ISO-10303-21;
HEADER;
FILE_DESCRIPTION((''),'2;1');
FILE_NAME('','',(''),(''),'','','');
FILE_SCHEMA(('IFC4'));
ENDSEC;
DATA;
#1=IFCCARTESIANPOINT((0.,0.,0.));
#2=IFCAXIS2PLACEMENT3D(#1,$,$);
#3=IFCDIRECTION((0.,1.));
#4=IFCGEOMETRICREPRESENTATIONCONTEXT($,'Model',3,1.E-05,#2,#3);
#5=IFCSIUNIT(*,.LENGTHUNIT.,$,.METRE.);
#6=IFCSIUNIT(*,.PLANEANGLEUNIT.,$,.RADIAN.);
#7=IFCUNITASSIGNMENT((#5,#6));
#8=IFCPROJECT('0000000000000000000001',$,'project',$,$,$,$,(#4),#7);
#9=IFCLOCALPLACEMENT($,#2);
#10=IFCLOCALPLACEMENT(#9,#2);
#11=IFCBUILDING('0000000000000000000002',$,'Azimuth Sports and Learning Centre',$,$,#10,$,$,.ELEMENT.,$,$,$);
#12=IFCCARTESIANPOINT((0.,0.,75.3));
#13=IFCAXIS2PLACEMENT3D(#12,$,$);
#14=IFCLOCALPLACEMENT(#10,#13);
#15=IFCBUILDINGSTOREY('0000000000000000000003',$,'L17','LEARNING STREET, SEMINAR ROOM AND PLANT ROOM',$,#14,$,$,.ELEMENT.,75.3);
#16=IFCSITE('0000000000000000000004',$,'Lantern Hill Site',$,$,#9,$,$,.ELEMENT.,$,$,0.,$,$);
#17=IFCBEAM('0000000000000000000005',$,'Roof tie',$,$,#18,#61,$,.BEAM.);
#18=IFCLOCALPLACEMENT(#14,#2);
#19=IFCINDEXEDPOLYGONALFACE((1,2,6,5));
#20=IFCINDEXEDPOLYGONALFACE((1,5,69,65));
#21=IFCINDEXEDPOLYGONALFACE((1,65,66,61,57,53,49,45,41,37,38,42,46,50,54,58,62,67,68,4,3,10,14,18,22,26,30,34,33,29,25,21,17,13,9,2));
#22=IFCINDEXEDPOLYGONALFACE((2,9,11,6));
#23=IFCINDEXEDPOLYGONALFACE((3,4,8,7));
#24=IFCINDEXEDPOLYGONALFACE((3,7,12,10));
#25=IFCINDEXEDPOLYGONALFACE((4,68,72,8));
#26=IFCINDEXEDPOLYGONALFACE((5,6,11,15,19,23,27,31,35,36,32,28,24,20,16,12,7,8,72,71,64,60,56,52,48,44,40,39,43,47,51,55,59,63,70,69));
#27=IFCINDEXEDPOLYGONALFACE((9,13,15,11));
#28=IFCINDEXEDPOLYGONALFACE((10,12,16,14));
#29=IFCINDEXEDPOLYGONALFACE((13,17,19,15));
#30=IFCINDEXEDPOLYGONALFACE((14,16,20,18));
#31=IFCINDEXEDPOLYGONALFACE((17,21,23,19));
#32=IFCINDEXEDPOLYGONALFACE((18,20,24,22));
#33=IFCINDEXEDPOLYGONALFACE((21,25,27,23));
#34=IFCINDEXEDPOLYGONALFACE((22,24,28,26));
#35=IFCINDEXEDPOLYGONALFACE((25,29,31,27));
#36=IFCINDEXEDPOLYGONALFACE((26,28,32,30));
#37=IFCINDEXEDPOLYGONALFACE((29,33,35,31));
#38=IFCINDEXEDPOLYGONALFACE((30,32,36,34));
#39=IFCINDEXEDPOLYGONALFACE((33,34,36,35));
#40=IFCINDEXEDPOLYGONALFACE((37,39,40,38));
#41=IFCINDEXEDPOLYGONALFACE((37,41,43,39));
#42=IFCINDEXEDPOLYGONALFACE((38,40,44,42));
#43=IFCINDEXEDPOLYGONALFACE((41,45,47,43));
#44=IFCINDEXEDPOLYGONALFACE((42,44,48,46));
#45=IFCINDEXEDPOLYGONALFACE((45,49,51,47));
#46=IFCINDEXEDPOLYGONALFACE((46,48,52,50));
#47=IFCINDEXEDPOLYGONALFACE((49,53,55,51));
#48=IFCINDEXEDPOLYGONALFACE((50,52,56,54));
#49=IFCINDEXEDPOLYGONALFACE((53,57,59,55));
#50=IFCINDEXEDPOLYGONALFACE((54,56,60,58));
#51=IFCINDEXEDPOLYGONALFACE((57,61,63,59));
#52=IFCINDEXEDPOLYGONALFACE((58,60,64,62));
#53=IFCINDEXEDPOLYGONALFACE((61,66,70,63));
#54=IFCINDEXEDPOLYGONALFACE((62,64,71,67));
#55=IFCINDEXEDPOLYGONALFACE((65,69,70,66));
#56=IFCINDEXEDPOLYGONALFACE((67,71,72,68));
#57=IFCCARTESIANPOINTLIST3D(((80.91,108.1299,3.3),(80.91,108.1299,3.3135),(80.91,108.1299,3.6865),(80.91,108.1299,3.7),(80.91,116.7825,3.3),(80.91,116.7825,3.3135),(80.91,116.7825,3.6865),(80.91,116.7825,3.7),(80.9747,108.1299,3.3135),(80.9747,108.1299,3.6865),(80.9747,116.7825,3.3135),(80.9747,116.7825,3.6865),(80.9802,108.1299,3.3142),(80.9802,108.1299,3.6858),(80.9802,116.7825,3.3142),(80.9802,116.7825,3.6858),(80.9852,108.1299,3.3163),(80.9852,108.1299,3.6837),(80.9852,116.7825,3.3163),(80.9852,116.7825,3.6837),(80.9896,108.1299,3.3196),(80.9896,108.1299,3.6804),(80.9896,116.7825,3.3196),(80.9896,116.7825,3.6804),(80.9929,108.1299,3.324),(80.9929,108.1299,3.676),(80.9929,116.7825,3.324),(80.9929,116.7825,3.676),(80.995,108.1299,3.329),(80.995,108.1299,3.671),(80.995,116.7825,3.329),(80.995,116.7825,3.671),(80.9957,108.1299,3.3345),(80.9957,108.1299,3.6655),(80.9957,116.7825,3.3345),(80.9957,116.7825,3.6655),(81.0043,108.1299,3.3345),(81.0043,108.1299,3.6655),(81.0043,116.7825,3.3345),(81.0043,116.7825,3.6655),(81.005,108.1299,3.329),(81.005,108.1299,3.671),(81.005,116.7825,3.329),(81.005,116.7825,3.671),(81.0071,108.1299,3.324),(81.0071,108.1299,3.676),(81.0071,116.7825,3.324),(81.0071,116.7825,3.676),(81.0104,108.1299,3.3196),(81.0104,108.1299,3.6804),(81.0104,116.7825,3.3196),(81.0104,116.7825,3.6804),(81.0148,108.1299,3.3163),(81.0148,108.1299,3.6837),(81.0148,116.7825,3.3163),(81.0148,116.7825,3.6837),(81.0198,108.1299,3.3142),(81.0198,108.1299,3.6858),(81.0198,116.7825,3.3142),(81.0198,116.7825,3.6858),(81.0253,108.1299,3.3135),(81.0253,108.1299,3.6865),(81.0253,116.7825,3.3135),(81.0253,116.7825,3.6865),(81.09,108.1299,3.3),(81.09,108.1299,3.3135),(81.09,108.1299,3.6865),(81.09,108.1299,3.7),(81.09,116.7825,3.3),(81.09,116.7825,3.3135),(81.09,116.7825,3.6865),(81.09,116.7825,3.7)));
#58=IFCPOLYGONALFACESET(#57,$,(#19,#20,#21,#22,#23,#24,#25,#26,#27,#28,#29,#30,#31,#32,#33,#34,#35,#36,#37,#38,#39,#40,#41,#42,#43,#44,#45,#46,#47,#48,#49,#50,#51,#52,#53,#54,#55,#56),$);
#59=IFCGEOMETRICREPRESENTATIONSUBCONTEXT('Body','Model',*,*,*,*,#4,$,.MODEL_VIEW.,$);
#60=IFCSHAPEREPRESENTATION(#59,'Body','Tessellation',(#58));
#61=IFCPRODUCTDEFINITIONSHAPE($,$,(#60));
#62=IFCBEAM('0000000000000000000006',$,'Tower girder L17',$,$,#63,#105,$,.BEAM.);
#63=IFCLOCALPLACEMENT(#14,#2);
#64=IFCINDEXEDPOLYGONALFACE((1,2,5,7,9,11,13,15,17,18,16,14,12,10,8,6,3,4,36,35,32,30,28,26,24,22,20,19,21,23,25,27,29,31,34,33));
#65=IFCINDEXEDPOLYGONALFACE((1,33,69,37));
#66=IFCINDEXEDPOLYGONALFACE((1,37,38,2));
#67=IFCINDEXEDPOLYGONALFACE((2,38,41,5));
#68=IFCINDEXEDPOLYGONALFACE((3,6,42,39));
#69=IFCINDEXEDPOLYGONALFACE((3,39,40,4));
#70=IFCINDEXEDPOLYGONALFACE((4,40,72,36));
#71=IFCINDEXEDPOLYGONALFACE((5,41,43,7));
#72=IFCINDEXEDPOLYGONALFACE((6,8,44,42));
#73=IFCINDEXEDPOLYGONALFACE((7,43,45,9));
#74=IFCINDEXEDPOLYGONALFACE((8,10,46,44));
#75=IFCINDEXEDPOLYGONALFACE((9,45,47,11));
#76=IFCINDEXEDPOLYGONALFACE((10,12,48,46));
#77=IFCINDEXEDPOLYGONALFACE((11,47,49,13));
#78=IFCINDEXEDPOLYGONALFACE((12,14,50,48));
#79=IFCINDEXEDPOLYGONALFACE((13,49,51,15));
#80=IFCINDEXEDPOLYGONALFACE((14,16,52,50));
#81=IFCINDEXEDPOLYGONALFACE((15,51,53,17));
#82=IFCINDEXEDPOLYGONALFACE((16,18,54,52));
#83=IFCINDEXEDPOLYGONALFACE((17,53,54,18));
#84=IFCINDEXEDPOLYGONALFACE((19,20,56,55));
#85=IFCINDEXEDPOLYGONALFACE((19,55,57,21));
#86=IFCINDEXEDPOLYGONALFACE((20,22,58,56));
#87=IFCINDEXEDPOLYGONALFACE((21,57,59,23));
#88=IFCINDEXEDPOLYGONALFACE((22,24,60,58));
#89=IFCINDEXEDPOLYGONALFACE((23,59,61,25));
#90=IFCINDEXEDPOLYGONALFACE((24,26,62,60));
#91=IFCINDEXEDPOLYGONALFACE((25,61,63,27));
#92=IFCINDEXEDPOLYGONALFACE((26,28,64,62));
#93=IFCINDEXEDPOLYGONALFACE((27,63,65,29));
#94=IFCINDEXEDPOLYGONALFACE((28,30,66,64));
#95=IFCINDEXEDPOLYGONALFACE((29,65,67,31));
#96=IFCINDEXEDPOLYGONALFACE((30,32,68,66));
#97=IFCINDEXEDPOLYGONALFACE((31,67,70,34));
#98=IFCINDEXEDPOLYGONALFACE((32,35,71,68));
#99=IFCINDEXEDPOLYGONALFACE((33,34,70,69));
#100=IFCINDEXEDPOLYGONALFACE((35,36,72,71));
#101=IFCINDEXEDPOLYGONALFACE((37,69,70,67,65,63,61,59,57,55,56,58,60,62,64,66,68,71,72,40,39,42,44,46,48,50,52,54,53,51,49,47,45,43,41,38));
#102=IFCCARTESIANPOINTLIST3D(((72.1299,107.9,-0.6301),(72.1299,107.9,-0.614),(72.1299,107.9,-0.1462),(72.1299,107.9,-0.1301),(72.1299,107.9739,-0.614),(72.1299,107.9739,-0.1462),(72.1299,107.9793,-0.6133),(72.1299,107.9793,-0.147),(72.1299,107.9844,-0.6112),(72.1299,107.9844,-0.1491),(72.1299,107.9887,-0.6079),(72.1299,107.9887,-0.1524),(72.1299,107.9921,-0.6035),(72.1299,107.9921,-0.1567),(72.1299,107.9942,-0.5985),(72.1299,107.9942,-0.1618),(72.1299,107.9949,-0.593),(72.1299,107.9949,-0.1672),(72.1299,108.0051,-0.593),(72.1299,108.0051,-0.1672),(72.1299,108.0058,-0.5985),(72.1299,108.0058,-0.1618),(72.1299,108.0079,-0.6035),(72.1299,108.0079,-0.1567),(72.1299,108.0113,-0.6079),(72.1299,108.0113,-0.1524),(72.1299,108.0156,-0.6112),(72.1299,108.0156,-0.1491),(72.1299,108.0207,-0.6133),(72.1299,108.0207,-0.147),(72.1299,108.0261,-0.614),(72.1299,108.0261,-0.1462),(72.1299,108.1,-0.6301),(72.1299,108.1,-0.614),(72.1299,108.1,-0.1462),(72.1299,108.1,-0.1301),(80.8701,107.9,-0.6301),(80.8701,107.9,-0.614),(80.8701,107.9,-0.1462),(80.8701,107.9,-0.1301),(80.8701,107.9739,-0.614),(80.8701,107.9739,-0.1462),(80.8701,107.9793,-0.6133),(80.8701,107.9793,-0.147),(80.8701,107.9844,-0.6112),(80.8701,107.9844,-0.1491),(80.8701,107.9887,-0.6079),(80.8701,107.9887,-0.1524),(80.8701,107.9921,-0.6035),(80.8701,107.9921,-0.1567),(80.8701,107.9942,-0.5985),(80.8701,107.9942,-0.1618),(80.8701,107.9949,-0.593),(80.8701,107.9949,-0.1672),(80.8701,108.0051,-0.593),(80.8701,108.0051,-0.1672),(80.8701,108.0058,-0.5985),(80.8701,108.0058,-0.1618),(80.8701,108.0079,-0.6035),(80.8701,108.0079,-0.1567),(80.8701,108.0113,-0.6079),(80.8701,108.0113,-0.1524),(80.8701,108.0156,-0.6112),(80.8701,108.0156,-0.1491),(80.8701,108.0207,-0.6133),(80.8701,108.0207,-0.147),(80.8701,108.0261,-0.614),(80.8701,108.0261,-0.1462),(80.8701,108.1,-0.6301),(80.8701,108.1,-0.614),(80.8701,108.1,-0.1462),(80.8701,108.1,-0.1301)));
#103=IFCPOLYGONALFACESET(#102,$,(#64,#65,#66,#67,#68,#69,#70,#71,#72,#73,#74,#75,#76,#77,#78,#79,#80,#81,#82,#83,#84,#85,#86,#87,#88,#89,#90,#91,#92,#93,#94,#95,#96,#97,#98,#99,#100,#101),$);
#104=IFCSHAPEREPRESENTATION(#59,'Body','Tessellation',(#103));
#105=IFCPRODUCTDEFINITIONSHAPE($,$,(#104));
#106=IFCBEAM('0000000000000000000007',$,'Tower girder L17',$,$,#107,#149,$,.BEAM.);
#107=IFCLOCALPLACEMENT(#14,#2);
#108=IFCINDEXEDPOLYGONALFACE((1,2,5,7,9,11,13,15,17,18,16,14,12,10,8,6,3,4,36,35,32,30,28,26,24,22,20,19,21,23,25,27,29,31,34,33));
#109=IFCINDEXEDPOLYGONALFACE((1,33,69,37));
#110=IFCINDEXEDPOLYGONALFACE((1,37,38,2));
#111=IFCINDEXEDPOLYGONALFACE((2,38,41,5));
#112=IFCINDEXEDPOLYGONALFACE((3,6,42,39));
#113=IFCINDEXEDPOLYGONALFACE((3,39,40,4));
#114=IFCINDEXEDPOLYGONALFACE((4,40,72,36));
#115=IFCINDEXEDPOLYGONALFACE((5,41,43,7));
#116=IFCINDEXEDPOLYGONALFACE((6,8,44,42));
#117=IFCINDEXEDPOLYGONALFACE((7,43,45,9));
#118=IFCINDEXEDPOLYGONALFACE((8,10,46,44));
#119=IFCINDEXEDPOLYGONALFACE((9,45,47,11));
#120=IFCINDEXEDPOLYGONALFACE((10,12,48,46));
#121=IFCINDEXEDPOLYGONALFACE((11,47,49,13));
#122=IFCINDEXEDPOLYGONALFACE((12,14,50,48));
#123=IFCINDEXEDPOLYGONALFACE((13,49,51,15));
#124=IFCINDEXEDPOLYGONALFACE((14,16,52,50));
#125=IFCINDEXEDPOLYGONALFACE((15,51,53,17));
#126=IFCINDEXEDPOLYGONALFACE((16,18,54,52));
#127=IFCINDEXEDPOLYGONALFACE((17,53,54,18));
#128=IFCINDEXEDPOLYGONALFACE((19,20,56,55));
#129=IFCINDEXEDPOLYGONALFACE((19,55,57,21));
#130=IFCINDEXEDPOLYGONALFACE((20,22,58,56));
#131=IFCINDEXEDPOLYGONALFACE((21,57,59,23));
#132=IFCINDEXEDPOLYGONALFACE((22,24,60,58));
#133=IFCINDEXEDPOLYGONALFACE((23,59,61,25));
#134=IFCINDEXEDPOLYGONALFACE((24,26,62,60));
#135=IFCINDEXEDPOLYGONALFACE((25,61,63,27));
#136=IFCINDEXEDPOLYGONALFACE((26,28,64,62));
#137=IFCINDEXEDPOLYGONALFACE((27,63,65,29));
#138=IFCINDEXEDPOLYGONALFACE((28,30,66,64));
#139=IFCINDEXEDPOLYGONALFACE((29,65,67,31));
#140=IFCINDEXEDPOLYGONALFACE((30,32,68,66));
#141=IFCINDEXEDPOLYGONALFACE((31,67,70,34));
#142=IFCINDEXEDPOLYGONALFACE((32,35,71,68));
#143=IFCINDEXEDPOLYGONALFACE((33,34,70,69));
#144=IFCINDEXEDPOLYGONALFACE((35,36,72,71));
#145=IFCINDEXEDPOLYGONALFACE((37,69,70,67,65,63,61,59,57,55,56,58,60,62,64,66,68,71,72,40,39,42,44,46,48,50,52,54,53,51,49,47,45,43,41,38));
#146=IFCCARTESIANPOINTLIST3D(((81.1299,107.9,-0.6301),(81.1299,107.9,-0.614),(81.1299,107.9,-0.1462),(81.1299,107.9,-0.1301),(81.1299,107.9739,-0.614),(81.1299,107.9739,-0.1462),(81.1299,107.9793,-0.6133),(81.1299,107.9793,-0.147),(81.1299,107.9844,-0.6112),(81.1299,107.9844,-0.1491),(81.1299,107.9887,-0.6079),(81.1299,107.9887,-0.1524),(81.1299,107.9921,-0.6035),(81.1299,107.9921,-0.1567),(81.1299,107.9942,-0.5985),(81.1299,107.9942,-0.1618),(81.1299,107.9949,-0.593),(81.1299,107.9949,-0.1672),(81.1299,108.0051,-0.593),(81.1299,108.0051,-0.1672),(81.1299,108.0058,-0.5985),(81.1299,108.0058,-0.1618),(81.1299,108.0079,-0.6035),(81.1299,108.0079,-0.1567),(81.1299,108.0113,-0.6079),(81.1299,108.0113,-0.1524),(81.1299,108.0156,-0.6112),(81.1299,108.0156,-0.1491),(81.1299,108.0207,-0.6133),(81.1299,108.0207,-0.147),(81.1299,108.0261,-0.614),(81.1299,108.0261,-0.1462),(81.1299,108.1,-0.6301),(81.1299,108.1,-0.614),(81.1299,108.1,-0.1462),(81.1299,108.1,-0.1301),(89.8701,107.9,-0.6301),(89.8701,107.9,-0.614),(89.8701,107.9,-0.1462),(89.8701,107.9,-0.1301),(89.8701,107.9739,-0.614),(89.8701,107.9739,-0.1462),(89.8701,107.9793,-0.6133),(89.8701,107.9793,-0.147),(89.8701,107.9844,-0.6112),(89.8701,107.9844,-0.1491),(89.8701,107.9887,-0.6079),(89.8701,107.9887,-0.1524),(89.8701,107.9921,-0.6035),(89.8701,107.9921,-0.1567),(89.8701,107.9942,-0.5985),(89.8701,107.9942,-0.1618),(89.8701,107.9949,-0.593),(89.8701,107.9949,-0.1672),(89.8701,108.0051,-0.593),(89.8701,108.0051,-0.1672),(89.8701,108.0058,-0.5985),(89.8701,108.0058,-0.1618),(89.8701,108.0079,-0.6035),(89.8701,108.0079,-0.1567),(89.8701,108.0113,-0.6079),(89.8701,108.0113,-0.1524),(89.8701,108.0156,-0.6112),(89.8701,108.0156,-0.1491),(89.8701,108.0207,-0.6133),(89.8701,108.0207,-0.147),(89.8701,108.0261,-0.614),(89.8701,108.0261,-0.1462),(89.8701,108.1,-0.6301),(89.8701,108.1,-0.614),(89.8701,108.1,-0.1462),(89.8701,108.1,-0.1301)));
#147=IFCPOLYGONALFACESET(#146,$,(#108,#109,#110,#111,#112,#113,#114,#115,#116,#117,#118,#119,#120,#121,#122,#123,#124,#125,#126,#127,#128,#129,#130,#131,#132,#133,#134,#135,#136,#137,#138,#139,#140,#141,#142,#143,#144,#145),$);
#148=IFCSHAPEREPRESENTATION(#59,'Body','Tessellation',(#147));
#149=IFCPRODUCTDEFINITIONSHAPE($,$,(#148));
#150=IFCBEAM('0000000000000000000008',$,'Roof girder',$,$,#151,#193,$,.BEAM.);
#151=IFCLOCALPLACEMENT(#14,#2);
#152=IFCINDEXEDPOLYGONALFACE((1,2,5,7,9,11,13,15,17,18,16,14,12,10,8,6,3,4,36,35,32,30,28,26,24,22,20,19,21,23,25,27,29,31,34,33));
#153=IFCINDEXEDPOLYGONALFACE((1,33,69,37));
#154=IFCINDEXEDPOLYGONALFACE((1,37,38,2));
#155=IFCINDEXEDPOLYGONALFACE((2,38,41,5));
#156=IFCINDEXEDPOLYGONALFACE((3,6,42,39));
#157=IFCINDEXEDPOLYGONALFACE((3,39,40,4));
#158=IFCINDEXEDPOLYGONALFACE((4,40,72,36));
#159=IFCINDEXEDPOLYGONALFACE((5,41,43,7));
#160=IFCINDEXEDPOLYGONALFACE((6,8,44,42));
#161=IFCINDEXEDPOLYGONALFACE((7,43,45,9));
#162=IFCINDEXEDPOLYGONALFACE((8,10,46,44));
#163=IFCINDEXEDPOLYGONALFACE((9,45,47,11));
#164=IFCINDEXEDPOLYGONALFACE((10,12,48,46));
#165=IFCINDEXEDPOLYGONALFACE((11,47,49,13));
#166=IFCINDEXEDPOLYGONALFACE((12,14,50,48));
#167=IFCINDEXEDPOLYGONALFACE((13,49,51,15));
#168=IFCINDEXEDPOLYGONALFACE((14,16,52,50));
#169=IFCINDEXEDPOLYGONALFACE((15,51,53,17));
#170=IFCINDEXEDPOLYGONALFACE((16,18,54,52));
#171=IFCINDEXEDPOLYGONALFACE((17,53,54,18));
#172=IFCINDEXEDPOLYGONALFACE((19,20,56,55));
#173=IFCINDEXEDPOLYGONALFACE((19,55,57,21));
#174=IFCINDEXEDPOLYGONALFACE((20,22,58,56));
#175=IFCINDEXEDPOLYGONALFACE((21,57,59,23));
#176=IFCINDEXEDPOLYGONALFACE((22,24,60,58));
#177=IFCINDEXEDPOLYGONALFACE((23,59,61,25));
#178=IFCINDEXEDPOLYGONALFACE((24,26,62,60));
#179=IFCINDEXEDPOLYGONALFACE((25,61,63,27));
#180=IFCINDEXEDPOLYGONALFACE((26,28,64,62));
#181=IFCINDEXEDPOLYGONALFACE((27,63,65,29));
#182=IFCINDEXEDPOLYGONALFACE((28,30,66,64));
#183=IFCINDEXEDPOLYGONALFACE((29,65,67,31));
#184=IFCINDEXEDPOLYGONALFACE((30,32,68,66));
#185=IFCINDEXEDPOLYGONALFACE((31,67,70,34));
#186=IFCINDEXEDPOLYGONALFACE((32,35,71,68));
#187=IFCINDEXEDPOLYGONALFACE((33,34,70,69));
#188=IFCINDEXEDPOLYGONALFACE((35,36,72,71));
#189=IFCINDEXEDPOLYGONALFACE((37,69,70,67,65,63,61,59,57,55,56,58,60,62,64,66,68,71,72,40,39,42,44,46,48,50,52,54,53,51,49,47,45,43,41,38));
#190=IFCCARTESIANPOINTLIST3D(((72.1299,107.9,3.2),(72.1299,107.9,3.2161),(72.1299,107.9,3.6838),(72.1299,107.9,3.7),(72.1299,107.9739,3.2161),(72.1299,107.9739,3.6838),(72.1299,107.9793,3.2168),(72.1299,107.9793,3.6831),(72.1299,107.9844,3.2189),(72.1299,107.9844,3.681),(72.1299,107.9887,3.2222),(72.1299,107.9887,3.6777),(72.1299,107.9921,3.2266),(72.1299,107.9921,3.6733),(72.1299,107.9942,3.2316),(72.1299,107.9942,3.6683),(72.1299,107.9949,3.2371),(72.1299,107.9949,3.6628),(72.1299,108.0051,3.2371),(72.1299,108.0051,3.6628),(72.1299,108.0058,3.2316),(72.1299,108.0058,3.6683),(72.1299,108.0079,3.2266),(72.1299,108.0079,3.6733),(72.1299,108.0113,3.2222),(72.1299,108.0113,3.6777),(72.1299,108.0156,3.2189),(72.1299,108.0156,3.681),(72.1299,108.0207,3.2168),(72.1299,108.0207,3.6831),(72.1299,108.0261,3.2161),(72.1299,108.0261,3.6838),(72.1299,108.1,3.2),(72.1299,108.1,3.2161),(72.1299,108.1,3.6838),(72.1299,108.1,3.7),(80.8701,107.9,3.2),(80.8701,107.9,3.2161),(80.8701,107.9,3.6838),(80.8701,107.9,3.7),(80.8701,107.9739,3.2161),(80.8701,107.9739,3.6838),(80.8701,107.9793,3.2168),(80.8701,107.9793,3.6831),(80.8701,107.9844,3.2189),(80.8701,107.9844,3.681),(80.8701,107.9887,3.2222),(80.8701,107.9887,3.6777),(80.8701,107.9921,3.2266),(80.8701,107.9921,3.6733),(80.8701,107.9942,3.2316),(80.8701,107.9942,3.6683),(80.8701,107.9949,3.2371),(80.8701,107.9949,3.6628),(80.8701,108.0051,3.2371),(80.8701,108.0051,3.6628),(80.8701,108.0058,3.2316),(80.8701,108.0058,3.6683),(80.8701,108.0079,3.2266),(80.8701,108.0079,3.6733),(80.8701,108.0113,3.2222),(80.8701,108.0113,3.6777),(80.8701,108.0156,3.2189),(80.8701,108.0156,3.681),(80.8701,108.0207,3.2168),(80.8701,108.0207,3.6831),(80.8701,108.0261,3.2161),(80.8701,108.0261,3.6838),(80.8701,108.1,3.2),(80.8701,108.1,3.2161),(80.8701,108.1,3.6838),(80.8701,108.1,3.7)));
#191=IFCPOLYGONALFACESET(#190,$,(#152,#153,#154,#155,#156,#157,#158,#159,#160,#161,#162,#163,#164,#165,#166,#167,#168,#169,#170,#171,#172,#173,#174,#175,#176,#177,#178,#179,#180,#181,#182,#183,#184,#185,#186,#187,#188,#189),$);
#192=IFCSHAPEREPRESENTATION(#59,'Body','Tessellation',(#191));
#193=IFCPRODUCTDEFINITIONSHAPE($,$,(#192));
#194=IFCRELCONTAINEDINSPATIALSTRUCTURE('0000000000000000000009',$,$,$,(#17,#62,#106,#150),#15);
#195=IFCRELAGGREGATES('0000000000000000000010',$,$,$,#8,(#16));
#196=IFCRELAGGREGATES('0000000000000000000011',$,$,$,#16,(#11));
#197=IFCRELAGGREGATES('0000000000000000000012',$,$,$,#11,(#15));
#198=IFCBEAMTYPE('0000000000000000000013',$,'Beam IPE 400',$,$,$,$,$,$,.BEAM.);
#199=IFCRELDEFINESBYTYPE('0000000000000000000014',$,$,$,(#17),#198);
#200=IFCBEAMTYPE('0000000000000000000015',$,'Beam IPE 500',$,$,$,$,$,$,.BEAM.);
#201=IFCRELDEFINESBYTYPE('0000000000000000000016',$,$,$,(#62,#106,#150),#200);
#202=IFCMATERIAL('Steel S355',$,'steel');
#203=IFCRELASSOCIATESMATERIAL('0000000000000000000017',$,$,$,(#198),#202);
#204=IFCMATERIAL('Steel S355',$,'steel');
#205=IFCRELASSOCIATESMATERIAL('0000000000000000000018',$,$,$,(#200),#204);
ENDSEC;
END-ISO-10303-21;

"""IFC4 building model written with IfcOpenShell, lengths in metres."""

from ifc_helpers import new_model, si_unit, direction, frame, origin, origin_2d, place, context, subcontext, project, spatial, i_section, extrude, material, material_profile, profile_set, type_object, element, save


model = new_model("IFC4")

# Units and contexts
model_context = context("Model", 3, precision=1e-05, world=origin(), true_north=direction((0.0, 1.0)))
body_context = subcontext(model_context, "Body", "Model", "MODEL_VIEW")
ifc_project = project(units=[si_unit("LENGTHUNIT", "METRE"), si_unit("PLANEANGLEUNIT", "RADIAN")], contexts=[model_context])

# Site, building, storey
site_placement = place(None, origin())
site = spatial("IfcSite", under=ifc_project, at=site_placement, Name="Lantern Hill Site", CompositionType="ELEMENT", RefElevation=0.0)
building_placement = place(site_placement, origin())
building = spatial("IfcBuilding", under=site, at=building_placement, Name="Azimuth Sports and Learning Centre", CompositionType="ELEMENT")
storey_placement = place(building_placement, frame((0.0, 0.0, 75.3)))
storey = spatial("IfcBuildingStorey", under=building, at=storey_placement, Name="L17", Description="LEARNING STREET, SEMINAR ROOM AND PLANT ROOM", CompositionType="ELEMENT", Elevation=75.3)

# Beams
ifc_material_1 = material(Name="Steel S355", Category="steel")
ifc_material_profile_1 = material_profile(ifc_material_1, i_section(OverallWidth=0.1799, OverallDepth=0.3999, WebThickness=0.0085, FlangeThickness=0.0134, FilletRadius=0.021, at=origin_2d()), Name="IPE 400")
ifc_profile_set_1 = profile_set([ifc_material_profile_1], Name="Steel S355")
beam_type_1 = type_object("IfcBeamType", Name="Beam IPE 400", PredefinedType="BEAM", material=ifc_profile_set_1)
beam_1_placement = place(storey_placement, frame((81.0, 108.1299, 3.5), z_axis=(0.0, 1.0, 0.0), x_axis=(-1.0, 0.0, 0.0)))
element("IfcBeam", 1, at=beam_1_placement, inside=storey, type_object=beam_type_1, Name="Roof tie", PredefinedType="BEAM", context=body_context, shape_type="SweptSolid", body=[
    extrude(i_section(OverallWidth=0.1799, OverallDepth=0.3999, WebThickness=0.0085, FlangeThickness=0.0134, FilletRadius=0.021, at=origin_2d()), origin(), (0.0, 0.0, 1.0), 8.6526),
])
ifc_material_2 = material(Name="Steel S355", Category="steel")
ifc_material_profile_2 = material_profile(ifc_material_2, i_section(OverallWidth=0.2, OverallDepth=0.5, WebThickness=0.0103, FlangeThickness=0.0161, FilletRadius=0.021, at=origin_2d()), Name="IPE 500")
ifc_profile_set_2 = profile_set([ifc_material_profile_2], Name="Steel S355")
beam_type_2 = type_object("IfcBeamType", Name="Beam IPE 500", PredefinedType="BEAM", material=ifc_profile_set_2)
for number, where, z_axis, x_axis, name in (
    (2, (72.1299, 108.0, -0.3801), (1.0, 0.0, 0.0), (0.0, 1.0, 0.0), "Tower girder L17"),
    (3, (81.1299, 108.0, -0.3801), (1.0, 0.0, 0.0), (0.0, 1.0, 0.0), "Tower girder L17"),
    (4, (72.1299, 108.0, 3.45), (1.0, 0.0, 0.0), (0.0, 1.0, 0.0), "Roof girder"),
):
    element("IfcBeam", number, at=place(storey_placement, frame(where, z_axis=z_axis, x_axis=x_axis)), inside=storey, type_object=beam_type_2, Name=name, PredefinedType="BEAM", context=body_context, shape_type="SweptSolid", body=[
        extrude(i_section(OverallWidth=0.2, OverallDepth=0.5, WebThickness=0.0103, FlangeThickness=0.0161, FilletRadius=0.021, at=origin_2d()), origin(), (0.0, 0.0, 1.0), 8.7402),
    ])

save(model, "model.ifc")
